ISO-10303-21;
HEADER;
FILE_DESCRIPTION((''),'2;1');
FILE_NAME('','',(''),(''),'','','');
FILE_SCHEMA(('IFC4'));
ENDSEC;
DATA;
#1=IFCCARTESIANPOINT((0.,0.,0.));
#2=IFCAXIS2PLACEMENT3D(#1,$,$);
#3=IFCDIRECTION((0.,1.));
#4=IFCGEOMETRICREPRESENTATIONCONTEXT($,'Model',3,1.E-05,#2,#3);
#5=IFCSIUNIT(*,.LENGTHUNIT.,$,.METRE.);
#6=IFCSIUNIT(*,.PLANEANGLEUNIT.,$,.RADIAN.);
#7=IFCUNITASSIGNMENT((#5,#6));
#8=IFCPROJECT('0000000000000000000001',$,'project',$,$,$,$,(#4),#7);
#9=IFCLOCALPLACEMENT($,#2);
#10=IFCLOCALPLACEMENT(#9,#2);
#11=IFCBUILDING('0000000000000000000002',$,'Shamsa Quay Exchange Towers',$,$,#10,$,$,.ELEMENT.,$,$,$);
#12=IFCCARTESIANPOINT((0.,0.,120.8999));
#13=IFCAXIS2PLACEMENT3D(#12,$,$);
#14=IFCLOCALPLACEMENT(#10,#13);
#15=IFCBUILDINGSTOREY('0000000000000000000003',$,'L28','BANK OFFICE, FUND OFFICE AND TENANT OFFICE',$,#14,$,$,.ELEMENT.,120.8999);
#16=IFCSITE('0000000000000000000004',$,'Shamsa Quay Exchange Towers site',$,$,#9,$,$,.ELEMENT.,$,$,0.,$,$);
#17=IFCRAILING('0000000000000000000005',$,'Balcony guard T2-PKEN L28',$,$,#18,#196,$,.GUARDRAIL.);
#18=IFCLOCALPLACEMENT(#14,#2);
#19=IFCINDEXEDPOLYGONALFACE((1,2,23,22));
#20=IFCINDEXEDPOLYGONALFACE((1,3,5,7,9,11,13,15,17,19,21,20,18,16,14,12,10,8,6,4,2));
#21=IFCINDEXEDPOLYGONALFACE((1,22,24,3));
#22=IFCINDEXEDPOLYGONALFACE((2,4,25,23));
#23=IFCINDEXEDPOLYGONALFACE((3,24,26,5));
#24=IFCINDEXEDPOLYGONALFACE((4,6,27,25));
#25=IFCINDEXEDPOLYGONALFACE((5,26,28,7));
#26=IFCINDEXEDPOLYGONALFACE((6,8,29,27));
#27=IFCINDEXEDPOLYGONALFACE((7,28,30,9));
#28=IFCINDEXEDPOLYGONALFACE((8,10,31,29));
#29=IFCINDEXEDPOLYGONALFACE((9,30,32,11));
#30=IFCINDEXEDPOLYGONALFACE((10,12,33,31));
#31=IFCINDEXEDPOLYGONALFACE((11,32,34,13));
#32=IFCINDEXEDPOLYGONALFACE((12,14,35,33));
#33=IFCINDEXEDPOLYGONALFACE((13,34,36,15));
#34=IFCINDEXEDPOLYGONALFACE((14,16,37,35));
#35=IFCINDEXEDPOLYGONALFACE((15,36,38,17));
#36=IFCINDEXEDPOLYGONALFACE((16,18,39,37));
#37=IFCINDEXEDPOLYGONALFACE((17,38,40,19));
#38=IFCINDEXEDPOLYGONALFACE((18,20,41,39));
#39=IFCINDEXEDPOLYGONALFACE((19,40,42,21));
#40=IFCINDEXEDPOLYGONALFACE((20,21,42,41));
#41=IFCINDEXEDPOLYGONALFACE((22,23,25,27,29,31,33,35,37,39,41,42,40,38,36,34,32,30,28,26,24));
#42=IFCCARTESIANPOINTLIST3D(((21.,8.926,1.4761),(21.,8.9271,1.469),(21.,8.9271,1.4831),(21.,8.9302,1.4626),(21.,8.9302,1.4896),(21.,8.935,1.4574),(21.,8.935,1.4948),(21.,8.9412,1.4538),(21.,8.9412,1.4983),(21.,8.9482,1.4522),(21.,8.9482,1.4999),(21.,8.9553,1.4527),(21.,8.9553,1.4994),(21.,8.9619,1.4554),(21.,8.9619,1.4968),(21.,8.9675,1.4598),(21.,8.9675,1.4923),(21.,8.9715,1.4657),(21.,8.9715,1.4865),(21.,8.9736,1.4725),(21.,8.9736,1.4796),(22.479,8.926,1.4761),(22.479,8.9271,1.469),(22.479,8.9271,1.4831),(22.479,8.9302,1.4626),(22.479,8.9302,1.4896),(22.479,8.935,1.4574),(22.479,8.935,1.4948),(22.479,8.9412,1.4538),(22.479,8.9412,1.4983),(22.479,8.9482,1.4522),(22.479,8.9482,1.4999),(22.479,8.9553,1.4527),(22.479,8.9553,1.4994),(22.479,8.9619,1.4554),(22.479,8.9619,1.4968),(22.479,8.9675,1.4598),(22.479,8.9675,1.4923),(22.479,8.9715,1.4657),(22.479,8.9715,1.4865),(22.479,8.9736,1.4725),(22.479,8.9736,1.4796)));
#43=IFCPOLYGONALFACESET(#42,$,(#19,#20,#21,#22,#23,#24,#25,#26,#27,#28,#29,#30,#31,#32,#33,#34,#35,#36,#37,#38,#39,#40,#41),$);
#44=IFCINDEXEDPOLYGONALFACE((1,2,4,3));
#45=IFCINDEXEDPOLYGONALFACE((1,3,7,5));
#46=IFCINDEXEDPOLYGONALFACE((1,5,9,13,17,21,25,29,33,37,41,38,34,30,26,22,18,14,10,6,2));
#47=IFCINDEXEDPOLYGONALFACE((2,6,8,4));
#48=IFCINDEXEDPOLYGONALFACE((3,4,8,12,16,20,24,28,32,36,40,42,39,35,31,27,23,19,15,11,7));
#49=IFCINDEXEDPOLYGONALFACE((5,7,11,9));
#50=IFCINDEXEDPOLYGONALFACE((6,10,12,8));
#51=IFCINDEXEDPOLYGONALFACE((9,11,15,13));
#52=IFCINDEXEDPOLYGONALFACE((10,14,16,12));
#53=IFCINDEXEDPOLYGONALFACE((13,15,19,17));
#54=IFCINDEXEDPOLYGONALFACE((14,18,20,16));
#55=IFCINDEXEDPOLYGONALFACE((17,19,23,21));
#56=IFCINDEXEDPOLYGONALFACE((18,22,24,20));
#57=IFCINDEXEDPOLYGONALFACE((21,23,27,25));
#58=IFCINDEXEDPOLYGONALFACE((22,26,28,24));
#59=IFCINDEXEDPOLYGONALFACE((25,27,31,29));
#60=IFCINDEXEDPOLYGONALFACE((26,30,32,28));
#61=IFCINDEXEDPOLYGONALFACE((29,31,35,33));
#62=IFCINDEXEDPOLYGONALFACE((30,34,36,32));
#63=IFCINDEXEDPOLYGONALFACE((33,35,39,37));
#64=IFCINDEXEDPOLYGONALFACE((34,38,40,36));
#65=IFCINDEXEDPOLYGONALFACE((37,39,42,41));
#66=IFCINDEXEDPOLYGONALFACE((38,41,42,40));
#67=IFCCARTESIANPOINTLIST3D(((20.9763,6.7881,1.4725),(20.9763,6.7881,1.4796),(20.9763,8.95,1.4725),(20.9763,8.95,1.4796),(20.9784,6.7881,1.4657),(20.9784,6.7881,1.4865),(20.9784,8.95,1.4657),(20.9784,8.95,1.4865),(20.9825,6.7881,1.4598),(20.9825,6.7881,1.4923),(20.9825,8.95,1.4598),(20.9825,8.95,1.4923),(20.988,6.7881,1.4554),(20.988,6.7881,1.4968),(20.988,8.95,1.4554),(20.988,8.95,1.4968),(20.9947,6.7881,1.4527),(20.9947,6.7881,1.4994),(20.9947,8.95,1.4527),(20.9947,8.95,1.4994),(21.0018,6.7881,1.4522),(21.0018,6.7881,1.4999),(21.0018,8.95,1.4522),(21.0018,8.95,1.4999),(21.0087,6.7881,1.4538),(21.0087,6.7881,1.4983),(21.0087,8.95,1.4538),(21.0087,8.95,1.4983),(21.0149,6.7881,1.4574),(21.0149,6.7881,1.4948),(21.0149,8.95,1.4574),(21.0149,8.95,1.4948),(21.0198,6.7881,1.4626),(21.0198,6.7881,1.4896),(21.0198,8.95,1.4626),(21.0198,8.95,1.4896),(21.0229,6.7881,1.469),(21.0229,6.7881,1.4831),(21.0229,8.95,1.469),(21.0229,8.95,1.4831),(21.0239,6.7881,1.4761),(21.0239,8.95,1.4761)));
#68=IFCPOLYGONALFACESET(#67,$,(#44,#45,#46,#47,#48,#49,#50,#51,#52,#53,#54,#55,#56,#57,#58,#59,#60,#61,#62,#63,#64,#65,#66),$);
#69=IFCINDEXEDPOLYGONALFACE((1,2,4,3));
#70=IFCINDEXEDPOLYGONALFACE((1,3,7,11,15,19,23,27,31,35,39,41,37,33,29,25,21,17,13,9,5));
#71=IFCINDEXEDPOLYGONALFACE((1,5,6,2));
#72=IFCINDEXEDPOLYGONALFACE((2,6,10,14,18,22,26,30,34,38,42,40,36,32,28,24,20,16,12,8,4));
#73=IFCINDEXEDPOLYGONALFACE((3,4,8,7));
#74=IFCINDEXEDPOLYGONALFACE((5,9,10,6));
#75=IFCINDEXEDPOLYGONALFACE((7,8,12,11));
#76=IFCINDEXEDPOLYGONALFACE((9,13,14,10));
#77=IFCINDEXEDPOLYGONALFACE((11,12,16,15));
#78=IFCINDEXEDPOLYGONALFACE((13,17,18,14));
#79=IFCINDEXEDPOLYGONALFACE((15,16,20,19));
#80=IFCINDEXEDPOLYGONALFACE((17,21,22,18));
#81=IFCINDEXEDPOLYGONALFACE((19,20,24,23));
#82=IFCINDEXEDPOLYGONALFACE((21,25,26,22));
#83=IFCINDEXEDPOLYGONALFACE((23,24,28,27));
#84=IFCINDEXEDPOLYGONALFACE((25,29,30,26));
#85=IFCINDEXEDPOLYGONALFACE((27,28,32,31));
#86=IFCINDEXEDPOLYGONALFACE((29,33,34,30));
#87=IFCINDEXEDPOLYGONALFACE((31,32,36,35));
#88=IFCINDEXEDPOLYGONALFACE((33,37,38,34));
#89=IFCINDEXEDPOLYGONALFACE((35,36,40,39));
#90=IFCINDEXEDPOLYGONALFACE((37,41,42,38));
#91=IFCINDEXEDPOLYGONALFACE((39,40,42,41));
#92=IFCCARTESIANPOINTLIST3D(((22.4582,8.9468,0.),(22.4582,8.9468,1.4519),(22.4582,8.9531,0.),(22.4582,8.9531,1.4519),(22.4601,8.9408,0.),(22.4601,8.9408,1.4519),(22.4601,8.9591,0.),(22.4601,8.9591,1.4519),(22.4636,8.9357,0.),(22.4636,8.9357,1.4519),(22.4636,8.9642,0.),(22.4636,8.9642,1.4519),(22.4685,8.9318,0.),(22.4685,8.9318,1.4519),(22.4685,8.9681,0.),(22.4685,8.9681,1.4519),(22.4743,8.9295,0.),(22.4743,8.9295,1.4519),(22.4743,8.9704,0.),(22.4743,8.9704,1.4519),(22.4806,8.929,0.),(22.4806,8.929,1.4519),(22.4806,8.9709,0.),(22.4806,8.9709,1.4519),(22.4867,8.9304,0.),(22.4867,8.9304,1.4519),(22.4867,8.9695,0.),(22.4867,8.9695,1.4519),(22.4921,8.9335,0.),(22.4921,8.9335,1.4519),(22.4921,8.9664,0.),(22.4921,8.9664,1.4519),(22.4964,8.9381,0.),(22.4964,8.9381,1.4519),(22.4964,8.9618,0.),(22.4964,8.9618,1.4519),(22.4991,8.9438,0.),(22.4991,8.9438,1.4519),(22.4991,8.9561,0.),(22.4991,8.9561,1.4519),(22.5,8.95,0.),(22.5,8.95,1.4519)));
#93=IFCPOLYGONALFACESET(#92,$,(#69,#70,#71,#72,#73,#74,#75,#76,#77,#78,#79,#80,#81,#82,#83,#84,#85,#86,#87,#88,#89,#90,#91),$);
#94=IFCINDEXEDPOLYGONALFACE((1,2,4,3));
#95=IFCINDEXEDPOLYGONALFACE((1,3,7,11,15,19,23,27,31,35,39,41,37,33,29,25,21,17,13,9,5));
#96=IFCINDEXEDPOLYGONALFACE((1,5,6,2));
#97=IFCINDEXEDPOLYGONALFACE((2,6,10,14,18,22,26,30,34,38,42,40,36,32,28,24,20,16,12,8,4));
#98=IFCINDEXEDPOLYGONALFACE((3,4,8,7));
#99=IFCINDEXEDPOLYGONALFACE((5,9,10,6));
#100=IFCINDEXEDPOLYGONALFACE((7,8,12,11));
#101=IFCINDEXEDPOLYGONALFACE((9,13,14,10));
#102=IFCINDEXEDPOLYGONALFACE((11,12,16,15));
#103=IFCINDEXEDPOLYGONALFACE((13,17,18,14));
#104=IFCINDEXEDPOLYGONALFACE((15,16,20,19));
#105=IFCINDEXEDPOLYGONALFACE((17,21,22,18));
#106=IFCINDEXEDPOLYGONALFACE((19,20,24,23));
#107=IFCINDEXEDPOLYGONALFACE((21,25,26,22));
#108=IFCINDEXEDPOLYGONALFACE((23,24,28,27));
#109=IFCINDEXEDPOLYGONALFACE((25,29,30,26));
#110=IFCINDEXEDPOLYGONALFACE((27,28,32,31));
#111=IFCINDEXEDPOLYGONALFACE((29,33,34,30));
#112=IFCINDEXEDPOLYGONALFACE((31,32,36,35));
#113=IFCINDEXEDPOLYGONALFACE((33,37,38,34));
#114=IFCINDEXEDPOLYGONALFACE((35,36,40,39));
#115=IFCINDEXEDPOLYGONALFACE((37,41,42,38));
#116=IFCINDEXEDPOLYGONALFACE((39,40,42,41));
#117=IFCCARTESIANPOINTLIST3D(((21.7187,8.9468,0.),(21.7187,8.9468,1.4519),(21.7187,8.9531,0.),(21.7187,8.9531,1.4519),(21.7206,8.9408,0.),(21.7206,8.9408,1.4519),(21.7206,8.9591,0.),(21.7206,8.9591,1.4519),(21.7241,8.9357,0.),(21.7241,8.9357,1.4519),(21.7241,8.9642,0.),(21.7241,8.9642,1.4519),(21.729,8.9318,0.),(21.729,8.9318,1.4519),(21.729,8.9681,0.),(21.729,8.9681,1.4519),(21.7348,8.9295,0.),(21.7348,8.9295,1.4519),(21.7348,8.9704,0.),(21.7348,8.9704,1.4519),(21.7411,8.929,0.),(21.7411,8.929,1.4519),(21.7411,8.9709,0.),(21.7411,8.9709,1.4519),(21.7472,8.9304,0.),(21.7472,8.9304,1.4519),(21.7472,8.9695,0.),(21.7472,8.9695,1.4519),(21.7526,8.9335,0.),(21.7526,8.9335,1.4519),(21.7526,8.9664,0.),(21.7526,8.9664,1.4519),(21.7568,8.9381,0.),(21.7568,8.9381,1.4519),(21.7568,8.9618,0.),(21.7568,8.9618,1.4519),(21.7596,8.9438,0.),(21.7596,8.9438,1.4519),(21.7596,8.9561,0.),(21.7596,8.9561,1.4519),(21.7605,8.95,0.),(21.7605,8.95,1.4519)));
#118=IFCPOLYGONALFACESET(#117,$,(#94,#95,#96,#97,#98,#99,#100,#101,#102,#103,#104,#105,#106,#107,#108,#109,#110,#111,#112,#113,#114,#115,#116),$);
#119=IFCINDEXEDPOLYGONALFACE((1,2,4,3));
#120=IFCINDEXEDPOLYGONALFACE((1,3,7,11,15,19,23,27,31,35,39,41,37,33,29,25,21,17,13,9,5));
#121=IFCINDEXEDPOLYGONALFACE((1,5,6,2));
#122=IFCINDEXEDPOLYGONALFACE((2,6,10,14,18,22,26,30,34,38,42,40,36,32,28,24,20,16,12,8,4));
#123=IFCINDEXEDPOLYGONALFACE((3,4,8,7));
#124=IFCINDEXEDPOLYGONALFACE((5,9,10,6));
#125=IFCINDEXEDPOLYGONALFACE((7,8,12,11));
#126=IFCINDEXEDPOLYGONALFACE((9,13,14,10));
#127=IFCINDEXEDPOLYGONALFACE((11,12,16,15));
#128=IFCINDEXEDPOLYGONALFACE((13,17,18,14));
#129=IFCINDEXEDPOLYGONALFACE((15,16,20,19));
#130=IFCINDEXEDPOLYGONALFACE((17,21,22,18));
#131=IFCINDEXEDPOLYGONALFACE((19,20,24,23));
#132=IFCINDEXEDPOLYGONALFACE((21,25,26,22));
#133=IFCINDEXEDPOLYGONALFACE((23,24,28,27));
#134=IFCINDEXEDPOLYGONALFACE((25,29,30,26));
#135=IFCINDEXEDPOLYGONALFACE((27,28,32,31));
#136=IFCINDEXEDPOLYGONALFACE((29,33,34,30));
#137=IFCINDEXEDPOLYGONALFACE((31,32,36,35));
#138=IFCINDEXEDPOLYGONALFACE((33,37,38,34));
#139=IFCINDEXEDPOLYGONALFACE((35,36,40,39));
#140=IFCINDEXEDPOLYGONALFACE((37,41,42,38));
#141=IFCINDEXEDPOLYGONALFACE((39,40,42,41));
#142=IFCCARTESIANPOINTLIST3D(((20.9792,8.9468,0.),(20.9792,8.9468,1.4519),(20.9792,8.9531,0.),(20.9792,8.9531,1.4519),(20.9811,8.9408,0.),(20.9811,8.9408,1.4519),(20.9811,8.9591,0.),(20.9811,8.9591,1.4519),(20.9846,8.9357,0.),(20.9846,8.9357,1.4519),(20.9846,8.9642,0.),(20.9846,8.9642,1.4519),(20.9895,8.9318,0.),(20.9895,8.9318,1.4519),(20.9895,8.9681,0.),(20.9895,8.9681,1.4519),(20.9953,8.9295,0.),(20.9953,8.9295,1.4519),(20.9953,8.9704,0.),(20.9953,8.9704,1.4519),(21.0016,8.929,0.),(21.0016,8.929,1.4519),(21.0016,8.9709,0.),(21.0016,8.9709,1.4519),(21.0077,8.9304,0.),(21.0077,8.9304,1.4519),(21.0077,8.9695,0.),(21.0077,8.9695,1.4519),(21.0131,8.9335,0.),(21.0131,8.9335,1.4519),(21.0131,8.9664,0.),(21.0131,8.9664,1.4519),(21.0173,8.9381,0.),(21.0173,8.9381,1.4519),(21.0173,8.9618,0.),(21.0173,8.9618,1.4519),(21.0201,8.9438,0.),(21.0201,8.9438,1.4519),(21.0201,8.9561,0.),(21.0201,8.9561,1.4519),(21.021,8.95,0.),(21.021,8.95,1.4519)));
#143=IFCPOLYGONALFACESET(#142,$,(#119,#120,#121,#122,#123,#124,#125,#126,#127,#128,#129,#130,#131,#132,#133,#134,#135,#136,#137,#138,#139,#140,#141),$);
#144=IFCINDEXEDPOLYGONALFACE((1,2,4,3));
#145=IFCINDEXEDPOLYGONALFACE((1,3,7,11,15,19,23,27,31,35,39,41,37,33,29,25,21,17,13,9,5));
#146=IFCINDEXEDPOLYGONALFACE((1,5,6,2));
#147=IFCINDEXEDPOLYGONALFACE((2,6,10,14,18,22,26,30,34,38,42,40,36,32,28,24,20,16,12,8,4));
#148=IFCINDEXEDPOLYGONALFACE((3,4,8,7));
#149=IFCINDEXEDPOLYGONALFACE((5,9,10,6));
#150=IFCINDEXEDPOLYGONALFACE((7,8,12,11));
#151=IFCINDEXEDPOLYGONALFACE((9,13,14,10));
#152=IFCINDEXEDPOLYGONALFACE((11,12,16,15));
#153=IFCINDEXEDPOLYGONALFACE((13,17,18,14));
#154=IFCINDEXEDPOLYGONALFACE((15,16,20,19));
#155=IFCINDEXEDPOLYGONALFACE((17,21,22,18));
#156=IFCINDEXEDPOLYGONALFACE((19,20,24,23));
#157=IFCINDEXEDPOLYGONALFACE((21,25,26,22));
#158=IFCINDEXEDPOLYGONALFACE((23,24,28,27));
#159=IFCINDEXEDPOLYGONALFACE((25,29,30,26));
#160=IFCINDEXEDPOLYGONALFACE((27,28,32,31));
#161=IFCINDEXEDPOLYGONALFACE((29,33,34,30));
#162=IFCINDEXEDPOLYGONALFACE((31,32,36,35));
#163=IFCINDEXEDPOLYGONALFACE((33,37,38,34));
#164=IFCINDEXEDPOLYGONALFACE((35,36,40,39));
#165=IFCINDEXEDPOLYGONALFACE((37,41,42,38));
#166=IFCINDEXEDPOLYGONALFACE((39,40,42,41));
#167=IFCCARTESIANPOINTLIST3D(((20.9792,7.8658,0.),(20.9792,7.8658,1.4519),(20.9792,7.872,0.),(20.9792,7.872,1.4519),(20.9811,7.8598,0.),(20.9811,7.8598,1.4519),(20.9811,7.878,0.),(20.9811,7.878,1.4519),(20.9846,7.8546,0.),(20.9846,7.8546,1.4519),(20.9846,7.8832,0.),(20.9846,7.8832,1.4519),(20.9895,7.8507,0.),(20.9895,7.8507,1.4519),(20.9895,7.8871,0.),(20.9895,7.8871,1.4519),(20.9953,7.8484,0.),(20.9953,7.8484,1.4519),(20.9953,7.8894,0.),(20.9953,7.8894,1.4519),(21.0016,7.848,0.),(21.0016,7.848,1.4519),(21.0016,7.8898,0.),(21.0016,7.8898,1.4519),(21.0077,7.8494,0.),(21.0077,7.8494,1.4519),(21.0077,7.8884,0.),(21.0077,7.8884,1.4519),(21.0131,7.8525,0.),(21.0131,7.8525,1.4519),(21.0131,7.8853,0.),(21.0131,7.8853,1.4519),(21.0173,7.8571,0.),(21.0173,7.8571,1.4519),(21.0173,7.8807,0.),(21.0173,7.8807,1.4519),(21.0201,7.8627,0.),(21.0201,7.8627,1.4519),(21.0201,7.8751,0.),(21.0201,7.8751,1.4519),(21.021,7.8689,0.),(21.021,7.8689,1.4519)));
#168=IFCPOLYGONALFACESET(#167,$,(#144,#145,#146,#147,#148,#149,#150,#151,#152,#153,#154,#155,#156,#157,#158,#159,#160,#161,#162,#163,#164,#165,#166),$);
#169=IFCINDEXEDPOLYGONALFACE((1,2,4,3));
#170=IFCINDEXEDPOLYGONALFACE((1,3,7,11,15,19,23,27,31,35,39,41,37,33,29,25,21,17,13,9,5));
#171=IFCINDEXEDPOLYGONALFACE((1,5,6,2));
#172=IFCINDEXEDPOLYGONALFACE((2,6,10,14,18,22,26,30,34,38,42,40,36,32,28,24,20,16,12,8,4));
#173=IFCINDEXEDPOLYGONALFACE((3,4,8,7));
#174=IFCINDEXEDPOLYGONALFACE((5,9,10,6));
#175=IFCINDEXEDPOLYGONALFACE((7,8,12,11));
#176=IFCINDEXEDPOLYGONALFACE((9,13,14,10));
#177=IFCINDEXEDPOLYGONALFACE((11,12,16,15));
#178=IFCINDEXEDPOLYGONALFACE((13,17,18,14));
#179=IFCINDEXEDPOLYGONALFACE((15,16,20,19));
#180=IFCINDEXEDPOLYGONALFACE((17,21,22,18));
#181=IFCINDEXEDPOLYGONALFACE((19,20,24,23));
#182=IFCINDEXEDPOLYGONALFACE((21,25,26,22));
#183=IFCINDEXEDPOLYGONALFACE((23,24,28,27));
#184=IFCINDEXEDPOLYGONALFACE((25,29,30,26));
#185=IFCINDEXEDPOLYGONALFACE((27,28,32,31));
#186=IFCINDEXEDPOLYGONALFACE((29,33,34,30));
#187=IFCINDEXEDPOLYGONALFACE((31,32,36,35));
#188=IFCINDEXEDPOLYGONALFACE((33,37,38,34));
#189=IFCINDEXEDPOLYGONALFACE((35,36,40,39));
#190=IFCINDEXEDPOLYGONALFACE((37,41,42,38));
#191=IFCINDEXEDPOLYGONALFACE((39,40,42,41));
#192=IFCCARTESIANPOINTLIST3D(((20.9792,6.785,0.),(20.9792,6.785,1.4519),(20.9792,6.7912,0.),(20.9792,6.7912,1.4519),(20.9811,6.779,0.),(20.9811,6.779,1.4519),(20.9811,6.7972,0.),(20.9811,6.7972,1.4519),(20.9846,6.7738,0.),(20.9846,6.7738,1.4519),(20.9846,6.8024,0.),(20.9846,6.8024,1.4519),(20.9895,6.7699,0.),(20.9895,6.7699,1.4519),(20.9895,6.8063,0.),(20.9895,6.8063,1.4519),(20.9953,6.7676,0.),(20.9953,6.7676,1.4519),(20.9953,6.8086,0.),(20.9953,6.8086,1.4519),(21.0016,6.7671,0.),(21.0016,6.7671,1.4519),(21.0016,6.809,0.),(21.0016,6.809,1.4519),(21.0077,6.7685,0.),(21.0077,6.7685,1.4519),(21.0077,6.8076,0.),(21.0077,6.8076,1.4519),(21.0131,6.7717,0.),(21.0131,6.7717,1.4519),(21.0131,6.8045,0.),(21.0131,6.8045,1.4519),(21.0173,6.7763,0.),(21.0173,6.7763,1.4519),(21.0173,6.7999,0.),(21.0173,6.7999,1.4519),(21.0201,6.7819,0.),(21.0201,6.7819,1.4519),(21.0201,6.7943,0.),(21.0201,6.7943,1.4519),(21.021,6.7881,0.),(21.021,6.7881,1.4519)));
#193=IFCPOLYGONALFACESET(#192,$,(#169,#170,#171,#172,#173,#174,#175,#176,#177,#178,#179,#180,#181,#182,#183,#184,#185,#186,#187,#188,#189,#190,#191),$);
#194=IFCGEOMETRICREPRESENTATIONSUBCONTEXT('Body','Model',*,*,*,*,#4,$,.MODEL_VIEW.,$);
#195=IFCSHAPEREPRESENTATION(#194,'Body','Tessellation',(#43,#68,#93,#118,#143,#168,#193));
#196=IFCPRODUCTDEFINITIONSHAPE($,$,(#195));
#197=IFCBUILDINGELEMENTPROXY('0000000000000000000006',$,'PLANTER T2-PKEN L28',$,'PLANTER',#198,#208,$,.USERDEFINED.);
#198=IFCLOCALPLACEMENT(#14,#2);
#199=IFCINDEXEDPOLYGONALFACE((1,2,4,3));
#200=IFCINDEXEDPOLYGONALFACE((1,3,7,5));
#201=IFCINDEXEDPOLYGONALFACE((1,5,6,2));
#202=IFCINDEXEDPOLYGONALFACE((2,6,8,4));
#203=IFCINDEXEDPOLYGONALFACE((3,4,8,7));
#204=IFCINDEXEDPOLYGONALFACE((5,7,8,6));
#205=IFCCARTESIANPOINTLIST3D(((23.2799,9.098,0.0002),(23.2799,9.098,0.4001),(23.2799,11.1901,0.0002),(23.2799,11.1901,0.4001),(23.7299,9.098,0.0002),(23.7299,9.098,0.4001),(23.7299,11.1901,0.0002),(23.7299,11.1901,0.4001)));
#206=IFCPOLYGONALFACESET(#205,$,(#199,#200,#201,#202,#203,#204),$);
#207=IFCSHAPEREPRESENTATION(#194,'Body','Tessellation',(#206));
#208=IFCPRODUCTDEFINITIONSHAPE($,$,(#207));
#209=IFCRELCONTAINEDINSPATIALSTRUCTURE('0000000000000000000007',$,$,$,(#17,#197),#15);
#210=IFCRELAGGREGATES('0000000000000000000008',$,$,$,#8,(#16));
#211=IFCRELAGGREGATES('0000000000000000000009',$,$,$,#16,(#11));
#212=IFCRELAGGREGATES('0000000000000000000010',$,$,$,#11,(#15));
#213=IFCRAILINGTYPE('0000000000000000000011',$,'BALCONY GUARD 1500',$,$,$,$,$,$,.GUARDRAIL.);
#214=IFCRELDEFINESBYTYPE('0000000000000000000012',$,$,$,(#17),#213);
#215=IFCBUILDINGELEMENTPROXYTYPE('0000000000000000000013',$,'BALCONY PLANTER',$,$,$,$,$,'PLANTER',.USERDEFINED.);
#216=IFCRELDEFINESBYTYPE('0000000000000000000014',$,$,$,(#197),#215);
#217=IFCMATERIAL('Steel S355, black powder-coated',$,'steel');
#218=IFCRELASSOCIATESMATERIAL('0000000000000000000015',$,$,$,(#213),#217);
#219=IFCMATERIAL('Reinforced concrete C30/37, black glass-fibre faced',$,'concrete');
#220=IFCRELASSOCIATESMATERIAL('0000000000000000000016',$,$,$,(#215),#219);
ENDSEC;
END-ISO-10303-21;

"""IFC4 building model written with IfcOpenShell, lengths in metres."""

from ifc_helpers import new_model, si_unit, direction, frame, origin, origin_2d, place, context, subcontext, project, spatial, rectangle, circle, extrude, material, type_object, element, save


model = new_model("IFC4")

# Units and contexts
model_context = context("Model", 3, precision=1e-05, world=origin(), true_north=direction((0.0, 1.0)))
body_context = subcontext(model_context, "Body", "Model", "MODEL_VIEW")
ifc_project = project(units=[si_unit("LENGTHUNIT", "METRE"), si_unit("PLANEANGLEUNIT", "RADIAN")], contexts=[model_context])

# Site, building, storey
site_placement = place(None, origin())
site = spatial("IfcSite", under=ifc_project, at=site_placement, Name="Shamsa Quay Exchange Towers site", CompositionType="ELEMENT", RefElevation=0.0)
building_placement = place(site_placement, origin())
building = spatial("IfcBuilding", under=site, at=building_placement, Name="Shamsa Quay Exchange Towers", CompositionType="ELEMENT")
storey_placement = place(building_placement, frame((0.0, 0.0, 120.8999)))
storey = spatial("IfcBuildingStorey", under=building, at=storey_placement, Name="L28", Description="BANK OFFICE, FUND OFFICE AND TENANT OFFICE", CompositionType="ELEMENT", Elevation=120.8999)

# Railing
ifc_material_1 = material(Name="Steel S355, black powder-coated", Category="steel")
railing_type = type_object("IfcRailingType", Name="BALCONY GUARD 1500", PredefinedType="GUARDRAIL", material=ifc_material_1)
for number, where, name in (
    (1, (22.479, 8.95, 0.0), "Balcony guard T2-PKEN L28"),
):
    element("IfcRailing", number, at=place(storey_placement, frame(where)), inside=storey, type_object=railing_type, Name=name, PredefinedType="GUARDRAIL", context=body_context, shape_type="SweptSolid", body=[
        extrude(circle(Radius=0.0239, at=origin_2d()), frame((0.0, 0.0, 1.4761), z_axis=(-1.0, 0.0, 0.0), x_axis=(0.0, -1.0, 0.0)), (0.0, 0.0, 1.0), 1.479),
        extrude(circle(Radius=0.0239, at=origin_2d()), frame((-1.479, 0.0, 1.4761), z_axis=(0.0, -1.0, 0.0), x_axis=(1.0, 0.0, 0.0)), (0.0, 0.0, 1.0), 2.1619),
        extrude(circle(Radius=0.021, at=origin_2d()), origin(), (0.0, 0.0, 1.0), 1.4519),
        extrude(circle(Radius=0.021, at=origin_2d()), frame((-0.7395, 0.0, 0.0)), (0.0, 0.0, 1.0), 1.4519),
        extrude(circle(Radius=0.021, at=origin_2d()), frame((-1.479, 0.0, 0.0)), (0.0, 0.0, 1.0), 1.4519),
        extrude(circle(Radius=0.021, at=origin_2d()), frame((-1.479, -1.0811, 0.0)), (0.0, 0.0, 1.0), 1.4519),
        extrude(circle(Radius=0.021, at=origin_2d()), frame((-1.479, -2.1619, 0.0)), (0.0, 0.0, 1.0), 1.4519),
    ])

# Building element proxy
ifc_material_2 = material(Name="Reinforced concrete C30/37, black glass-fibre faced", Category="concrete")
building_element_proxy_type = type_object("IfcBuildingElementProxyType", Name="BALCONY PLANTER", ElementType="PLANTER", PredefinedType="USERDEFINED", material=ifc_material_2)
for number, where, z_axis, x_axis, name in (
    (2, (23.5049, 10.144, 0.0002), (0.0, 0.0, 1.0), (0.0, -1.0, 0.0), "PLANTER T2-PKEN L28"),
):
    element("IfcBuildingElementProxy", number, at=place(storey_placement, frame(where, z_axis=z_axis, x_axis=x_axis)), inside=storey, type_object=building_element_proxy_type, Name=name, ObjectType="PLANTER", PredefinedType="USERDEFINED", context=body_context, shape_type="SweptSolid", body=[
        extrude(rectangle(XDim=2.092, YDim=0.45, at=origin_2d()), origin(), (0.0, 0.0, 1.0), 0.3999),
    ])

save(model, "model.ifc")
